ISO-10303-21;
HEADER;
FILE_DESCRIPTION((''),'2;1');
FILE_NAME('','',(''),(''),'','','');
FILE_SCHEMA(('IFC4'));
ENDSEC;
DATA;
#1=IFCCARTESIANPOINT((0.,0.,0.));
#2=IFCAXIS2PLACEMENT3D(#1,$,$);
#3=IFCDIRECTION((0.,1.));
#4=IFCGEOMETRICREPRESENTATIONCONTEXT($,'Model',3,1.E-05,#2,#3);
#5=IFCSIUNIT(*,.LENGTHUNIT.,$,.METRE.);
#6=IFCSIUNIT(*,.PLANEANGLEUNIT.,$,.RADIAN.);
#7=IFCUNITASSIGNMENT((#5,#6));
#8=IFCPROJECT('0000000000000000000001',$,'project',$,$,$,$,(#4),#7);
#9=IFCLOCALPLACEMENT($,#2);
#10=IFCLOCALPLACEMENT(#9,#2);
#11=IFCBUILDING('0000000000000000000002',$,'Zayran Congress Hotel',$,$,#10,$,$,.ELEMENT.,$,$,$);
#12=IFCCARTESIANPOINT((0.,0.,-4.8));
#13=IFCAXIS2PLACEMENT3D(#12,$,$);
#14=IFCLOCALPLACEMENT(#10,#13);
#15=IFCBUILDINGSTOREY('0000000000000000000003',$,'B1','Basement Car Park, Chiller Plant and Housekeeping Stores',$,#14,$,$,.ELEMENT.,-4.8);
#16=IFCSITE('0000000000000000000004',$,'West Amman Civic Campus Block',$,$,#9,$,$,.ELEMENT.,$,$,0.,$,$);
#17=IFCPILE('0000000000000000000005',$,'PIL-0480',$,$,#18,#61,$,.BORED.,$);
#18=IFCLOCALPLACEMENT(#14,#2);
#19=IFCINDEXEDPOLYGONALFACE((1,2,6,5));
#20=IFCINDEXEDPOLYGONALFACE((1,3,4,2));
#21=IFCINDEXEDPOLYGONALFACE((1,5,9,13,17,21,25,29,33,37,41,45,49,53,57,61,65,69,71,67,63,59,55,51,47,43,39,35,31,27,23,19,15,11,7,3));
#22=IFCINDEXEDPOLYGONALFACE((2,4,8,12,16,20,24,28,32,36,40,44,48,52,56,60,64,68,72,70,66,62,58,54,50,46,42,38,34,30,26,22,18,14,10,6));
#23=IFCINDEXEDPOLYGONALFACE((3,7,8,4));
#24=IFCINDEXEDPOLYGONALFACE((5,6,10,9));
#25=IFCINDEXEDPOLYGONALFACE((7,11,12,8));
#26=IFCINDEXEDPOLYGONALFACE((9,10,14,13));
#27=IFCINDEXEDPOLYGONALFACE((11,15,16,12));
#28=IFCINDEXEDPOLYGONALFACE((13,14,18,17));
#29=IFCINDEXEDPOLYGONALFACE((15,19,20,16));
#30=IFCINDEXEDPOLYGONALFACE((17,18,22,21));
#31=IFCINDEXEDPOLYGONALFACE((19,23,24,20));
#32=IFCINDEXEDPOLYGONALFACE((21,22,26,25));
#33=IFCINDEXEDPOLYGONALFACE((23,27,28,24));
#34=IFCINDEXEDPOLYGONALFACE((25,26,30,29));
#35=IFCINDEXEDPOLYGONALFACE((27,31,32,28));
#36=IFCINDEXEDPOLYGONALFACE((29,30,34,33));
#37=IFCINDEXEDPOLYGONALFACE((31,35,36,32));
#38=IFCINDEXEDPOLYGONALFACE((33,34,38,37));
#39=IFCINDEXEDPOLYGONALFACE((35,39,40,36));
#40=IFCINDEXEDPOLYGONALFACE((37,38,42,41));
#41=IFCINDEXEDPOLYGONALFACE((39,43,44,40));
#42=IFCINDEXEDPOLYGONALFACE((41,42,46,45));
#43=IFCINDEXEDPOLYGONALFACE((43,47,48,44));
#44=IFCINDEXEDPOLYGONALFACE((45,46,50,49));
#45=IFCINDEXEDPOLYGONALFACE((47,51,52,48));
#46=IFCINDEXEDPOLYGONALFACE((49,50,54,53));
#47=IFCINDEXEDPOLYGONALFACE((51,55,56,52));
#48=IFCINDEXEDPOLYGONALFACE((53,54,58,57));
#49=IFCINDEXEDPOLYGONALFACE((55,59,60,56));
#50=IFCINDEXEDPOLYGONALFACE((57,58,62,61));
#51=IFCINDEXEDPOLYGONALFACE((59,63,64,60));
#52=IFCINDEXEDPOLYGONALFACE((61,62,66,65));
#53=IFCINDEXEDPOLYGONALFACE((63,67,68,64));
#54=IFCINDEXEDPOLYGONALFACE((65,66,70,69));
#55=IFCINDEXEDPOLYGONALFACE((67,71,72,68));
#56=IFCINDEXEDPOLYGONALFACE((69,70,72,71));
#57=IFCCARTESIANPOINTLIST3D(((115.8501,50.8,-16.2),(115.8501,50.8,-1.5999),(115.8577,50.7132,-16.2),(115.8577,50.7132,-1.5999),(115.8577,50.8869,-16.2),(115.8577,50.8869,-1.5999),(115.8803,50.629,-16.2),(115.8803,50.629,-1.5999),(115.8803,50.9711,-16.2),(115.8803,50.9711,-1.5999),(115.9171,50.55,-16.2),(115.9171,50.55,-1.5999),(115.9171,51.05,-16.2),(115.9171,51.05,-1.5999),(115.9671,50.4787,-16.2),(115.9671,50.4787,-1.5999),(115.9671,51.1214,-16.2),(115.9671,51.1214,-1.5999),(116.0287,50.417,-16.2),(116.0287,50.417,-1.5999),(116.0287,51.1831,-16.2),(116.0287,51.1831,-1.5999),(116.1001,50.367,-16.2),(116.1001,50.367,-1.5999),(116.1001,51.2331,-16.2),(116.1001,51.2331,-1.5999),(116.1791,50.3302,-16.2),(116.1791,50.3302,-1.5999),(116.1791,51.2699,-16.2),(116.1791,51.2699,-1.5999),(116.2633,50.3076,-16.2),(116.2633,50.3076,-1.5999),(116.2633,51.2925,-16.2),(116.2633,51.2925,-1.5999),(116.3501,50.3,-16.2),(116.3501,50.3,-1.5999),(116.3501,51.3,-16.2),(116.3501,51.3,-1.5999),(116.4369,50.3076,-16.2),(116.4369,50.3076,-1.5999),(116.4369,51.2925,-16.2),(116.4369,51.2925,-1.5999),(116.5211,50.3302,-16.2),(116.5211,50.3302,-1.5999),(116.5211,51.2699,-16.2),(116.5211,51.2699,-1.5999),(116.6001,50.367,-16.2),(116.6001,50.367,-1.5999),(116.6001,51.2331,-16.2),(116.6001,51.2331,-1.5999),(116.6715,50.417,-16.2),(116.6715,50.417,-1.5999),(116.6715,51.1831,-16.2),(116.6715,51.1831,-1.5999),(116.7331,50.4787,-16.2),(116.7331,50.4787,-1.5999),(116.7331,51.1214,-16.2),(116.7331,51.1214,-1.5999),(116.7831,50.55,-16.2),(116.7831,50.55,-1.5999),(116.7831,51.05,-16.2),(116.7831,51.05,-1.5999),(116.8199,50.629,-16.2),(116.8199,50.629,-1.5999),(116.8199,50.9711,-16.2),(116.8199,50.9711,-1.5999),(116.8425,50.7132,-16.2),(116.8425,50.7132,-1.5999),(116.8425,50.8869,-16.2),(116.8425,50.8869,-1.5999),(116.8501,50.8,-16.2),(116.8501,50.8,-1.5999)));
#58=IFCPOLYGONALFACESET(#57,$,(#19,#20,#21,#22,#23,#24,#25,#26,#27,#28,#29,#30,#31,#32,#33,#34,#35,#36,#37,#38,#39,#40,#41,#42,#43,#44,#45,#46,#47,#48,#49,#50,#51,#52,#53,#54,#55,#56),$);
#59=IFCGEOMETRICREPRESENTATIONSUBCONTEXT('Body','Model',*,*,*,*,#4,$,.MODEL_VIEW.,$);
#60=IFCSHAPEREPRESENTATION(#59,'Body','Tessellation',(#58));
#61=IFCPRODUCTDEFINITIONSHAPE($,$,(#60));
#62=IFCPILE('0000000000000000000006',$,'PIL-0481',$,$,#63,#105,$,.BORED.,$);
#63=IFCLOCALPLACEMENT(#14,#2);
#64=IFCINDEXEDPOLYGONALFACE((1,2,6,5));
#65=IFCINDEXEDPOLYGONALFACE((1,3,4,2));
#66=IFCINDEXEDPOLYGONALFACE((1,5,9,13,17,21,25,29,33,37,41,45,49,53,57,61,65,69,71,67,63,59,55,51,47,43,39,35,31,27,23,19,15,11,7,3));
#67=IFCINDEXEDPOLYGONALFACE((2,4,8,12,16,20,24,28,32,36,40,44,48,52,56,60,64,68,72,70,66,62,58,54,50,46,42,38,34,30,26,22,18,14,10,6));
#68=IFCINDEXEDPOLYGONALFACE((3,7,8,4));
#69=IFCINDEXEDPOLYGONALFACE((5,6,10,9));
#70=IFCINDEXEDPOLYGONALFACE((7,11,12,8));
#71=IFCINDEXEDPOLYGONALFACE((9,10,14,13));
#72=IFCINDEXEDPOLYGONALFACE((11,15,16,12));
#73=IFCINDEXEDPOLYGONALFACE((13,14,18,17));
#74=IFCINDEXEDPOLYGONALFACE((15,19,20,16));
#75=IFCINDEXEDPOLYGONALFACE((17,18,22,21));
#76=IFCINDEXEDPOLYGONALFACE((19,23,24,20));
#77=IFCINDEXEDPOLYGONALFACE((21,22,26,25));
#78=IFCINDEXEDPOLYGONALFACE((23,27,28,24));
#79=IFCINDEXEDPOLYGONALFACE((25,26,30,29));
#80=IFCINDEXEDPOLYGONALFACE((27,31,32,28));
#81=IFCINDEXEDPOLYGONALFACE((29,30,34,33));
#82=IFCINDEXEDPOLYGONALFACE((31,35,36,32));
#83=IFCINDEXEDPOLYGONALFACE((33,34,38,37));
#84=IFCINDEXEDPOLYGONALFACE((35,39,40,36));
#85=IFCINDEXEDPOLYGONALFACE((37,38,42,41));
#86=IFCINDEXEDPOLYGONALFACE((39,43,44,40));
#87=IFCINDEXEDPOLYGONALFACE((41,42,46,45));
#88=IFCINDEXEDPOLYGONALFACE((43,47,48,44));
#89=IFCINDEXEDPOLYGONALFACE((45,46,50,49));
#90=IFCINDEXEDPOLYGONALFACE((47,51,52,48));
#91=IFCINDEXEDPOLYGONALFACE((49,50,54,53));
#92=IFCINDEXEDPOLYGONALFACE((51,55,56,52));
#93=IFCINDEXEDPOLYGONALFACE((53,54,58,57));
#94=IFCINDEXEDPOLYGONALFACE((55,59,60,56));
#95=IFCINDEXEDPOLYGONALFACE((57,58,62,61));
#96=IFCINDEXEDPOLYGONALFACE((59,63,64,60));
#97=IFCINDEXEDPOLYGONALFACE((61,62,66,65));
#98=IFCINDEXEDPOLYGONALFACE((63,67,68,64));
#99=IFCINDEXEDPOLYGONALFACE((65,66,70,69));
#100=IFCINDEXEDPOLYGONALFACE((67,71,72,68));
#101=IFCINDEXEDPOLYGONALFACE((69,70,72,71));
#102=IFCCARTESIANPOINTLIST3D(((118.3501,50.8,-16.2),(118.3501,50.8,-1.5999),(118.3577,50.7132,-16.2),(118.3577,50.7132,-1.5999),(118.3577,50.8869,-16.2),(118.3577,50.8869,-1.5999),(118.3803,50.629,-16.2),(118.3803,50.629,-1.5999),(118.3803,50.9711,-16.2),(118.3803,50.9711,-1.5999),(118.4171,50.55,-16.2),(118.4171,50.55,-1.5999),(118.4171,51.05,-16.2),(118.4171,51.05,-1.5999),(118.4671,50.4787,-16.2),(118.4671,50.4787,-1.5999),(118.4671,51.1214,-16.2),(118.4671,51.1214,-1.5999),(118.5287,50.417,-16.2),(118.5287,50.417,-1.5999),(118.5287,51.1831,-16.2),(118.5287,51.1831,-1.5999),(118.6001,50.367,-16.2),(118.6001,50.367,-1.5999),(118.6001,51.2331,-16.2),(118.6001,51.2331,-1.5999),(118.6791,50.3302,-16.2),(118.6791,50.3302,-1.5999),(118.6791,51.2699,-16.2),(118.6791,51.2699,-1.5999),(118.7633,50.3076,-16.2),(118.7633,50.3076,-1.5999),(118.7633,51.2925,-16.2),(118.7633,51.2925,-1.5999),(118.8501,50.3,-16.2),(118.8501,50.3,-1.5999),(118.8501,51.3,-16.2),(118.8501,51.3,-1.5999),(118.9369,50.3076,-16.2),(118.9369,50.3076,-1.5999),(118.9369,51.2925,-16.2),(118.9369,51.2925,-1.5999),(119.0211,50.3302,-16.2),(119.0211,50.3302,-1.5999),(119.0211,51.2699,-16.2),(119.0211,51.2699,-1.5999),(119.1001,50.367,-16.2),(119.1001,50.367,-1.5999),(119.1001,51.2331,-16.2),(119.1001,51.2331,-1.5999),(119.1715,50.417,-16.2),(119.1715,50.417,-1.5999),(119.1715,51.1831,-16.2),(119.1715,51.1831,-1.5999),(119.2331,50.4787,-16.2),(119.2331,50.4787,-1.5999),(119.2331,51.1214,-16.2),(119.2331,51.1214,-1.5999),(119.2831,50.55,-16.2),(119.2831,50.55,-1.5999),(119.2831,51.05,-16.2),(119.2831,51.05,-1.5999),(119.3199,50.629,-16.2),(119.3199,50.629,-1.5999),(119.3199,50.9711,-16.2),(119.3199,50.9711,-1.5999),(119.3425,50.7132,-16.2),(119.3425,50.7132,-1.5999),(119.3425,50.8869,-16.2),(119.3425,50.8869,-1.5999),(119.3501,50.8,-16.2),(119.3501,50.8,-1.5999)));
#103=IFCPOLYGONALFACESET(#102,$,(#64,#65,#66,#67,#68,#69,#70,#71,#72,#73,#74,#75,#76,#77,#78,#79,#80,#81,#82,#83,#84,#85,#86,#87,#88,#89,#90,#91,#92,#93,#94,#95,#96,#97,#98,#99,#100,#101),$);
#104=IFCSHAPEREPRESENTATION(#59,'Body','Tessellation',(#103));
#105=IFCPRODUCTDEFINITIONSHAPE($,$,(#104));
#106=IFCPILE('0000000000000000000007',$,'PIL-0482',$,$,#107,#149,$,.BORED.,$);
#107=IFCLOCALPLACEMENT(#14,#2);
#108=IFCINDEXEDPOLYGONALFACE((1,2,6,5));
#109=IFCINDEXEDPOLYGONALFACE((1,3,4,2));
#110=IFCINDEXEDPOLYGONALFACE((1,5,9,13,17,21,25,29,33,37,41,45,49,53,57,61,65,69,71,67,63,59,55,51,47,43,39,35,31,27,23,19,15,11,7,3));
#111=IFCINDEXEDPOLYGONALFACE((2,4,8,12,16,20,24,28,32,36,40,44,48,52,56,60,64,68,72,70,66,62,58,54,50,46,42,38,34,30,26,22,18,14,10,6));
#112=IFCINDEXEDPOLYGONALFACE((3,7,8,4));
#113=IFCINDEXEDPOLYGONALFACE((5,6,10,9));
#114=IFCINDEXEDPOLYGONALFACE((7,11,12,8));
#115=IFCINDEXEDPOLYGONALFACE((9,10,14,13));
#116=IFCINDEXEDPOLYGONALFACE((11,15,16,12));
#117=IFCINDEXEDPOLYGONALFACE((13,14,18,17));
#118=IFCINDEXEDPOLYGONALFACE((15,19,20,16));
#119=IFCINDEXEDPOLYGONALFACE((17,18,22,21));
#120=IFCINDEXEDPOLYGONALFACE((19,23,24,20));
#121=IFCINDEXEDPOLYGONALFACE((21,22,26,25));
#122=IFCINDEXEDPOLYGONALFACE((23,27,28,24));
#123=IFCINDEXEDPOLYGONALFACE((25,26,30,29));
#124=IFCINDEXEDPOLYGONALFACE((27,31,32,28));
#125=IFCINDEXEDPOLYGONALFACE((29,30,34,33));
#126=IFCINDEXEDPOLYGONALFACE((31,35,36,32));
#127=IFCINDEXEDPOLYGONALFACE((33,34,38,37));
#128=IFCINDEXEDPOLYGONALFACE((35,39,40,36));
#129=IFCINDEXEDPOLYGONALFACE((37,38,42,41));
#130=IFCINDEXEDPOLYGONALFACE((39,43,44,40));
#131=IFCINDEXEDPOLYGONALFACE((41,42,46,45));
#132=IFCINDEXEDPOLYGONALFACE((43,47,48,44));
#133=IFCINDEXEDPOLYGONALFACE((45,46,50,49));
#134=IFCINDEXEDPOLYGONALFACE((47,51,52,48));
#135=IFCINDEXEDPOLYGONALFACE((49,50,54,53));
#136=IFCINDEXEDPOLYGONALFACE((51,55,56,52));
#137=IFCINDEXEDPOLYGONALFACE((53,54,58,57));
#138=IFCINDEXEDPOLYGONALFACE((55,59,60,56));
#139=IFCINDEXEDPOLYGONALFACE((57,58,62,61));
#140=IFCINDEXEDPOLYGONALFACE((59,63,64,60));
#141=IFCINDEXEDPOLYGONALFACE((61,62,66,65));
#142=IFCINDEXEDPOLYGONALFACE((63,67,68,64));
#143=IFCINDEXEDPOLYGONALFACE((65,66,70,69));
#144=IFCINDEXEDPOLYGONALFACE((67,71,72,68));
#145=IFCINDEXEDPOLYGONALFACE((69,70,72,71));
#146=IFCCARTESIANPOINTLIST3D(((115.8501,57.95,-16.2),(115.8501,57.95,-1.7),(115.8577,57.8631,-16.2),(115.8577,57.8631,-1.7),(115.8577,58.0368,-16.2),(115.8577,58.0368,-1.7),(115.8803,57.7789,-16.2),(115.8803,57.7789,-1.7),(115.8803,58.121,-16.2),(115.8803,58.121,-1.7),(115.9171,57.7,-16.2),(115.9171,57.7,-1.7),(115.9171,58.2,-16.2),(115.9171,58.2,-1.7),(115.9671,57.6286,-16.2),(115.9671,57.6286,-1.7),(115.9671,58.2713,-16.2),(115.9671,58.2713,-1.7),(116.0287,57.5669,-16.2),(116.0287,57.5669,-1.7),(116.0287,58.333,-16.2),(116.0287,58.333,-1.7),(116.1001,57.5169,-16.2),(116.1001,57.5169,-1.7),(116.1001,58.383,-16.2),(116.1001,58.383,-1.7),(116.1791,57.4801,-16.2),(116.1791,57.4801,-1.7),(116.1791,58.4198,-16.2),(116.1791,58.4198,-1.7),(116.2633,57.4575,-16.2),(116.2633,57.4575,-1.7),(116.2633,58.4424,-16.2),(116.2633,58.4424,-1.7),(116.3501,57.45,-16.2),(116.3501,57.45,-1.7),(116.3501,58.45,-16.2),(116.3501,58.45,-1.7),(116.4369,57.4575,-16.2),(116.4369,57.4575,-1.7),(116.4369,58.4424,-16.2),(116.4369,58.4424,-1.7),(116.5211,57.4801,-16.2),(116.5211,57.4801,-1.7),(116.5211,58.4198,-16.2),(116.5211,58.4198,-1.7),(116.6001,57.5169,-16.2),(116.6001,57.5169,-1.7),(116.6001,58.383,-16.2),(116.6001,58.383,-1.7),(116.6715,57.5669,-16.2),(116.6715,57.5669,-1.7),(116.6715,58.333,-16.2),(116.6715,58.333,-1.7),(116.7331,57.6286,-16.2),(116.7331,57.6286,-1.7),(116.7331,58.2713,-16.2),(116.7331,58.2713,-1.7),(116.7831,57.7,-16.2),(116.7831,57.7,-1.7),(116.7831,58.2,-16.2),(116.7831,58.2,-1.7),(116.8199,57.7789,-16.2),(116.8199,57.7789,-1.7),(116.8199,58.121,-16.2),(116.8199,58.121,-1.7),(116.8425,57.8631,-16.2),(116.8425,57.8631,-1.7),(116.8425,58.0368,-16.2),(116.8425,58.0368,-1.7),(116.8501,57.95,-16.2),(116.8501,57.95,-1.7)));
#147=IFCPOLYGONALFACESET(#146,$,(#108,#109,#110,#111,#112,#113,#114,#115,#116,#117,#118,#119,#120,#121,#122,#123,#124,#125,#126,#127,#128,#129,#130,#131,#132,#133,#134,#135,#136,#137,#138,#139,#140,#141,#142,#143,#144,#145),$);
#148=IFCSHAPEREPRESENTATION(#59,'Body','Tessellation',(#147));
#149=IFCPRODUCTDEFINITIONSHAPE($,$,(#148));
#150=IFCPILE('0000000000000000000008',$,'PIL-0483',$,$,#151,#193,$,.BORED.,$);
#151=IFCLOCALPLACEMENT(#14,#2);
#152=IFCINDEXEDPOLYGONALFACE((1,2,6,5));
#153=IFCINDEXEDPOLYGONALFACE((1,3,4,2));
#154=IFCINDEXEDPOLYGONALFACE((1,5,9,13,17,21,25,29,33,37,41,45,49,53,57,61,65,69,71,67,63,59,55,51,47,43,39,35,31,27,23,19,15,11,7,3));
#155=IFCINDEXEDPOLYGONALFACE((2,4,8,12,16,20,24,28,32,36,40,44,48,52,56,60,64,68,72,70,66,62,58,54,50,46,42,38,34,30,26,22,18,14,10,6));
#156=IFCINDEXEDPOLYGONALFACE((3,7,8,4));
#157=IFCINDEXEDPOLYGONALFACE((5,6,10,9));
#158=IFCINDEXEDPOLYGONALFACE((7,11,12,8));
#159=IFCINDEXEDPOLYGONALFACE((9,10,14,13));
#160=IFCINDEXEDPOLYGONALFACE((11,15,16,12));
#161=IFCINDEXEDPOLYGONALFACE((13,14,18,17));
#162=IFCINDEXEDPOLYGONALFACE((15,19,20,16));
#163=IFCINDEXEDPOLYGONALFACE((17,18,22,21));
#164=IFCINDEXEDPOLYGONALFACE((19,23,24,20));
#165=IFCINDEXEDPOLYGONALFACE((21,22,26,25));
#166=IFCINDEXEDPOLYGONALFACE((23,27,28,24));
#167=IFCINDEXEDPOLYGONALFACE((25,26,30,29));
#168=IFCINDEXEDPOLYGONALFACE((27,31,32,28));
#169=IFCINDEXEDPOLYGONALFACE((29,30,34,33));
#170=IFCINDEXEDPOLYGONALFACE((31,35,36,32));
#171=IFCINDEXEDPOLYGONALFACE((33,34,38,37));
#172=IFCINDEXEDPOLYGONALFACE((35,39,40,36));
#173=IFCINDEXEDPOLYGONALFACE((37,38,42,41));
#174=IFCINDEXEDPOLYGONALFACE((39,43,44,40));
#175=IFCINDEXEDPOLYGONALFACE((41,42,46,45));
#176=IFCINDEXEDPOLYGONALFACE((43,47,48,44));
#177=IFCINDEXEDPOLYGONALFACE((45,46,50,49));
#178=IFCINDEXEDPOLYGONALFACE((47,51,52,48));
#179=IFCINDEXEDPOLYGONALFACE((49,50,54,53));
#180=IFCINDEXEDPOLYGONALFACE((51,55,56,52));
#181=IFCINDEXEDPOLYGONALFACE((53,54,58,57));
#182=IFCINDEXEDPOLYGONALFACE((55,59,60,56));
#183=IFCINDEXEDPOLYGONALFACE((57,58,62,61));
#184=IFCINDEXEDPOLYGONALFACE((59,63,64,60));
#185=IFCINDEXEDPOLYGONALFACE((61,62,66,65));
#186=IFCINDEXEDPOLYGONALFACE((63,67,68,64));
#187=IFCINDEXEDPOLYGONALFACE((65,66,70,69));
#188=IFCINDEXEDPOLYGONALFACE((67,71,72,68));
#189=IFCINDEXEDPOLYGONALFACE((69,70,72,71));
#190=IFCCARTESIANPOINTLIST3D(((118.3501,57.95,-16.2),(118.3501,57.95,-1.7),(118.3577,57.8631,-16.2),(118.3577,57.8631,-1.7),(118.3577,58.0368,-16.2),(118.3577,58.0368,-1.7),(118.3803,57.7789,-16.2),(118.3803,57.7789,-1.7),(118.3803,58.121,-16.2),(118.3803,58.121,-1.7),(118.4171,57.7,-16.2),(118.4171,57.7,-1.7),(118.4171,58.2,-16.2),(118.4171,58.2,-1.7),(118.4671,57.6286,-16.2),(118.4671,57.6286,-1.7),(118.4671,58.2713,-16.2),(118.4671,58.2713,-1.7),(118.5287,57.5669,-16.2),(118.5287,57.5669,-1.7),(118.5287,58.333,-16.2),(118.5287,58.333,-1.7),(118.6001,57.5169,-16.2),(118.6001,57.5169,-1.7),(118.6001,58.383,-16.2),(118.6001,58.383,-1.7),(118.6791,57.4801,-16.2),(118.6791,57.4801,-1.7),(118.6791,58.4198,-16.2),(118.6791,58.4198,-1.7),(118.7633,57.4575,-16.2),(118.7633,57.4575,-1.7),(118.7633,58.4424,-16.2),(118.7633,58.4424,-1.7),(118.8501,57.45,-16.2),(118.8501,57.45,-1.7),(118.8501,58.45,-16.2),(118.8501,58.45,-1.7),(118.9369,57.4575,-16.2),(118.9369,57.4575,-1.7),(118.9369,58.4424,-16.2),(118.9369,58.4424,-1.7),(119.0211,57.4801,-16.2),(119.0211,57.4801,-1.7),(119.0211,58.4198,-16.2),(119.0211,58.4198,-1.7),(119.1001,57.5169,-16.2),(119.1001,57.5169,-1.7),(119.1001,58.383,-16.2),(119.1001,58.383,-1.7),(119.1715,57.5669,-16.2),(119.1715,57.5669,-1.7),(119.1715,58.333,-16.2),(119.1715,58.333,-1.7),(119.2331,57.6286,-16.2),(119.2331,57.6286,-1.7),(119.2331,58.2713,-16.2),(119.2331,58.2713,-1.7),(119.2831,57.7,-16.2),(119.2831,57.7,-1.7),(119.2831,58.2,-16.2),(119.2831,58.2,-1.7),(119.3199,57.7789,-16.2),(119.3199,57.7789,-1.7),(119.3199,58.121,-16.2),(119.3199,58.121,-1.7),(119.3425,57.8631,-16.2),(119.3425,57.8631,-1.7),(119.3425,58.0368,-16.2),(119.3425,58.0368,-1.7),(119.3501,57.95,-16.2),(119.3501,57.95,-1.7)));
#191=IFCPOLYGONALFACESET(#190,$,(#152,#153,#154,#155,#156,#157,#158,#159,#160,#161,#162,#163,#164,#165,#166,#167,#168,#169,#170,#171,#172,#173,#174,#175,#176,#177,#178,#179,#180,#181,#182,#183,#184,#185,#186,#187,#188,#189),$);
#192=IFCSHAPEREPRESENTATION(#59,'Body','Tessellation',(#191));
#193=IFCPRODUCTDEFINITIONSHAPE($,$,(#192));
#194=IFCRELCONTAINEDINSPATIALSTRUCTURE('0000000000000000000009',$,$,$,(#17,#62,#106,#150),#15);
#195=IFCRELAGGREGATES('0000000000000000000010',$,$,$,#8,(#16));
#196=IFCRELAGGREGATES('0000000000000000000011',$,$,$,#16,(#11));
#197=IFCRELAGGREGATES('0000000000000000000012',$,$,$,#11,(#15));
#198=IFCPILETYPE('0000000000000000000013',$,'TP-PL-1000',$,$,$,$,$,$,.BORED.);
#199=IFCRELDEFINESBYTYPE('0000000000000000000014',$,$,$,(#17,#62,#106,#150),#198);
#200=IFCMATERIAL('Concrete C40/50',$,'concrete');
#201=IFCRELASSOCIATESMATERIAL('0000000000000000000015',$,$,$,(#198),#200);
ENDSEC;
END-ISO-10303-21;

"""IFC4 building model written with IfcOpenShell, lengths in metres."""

from ifc_helpers import new_model, si_unit, direction, frame, origin, origin_2d, place, context, subcontext, project, spatial, circle, extrude, material, material_profile, profile_set, type_object, element, save


model = new_model("IFC4")

# Units and contexts
model_context = context("Model", 3, precision=1e-05, world=origin(), true_north=direction((0.0, 1.0)))
body_context = subcontext(model_context, "Body", "Model", "MODEL_VIEW")
ifc_project = project(units=[si_unit("LENGTHUNIT", "METRE"), si_unit("PLANEANGLEUNIT", "RADIAN")], contexts=[model_context])

# Site, building, storey
site_placement = place(None, origin())
site = spatial("IfcSite", under=ifc_project, at=site_placement, Name="West Amman Civic Campus Block", CompositionType="ELEMENT", RefElevation=0.0)
building_placement = place(site_placement, origin())
building = spatial("IfcBuilding", under=site, at=building_placement, Name="Zayran Congress Hotel", CompositionType="ELEMENT")
storey_placement = place(building_placement, frame((0.0, 0.0, -4.8)))
storey = spatial("IfcBuildingStorey", under=building, at=storey_placement, Name="B1", Description="Basement Car Park, Chiller Plant and Housekeeping Stores", CompositionType="ELEMENT", Elevation=-4.8)

# Piles
ifc_material_1 = material(Name="Concrete C40/50", Category="concrete")
ifc_material_profile_1 = material_profile(ifc_material_1, circle(Radius=0.5, at=origin_2d()), Name="PILE D1000")
ifc_profile_set_1 = profile_set([ifc_material_profile_1], Name="Concrete C40/50")
pile_type = type_object("IfcPileType", Name="TP-PL-1000", PredefinedType="BORED", material=ifc_profile_set_1)
for number, where, z_axis, x_axis, name in (
    (1, (116.3501, 50.8, -1.5999), (0.0, 0.0, -1.0), (1.0, 0.0, 0.0), "PIL-0480"),
    (2, (118.8501, 50.8, -1.5999), (0.0, 0.0, -1.0), (1.0, 0.0, 0.0), "PIL-0481"),
):
    element("IfcPile", number, at=place(storey_placement, frame(where, z_axis=z_axis, x_axis=x_axis)), inside=storey, type_object=pile_type, Name=name, PredefinedType="BORED", context=body_context, shape_type="SweptSolid", body=[
        extrude(circle(Radius=0.5, at=origin_2d()), origin(), (0.0, 0.0, 1.0), 14.6001),
    ])
for number, where, z_axis, x_axis, name in (
    (3, (116.3501, 57.95, -1.7), (0.0, 0.0, -1.0), (1.0, 0.0, 0.0), "PIL-0482"),
    (4, (118.8501, 57.95, -1.7), (0.0, 0.0, -1.0), (1.0, 0.0, 0.0), "PIL-0483"),
):
    element("IfcPile", number, at=place(storey_placement, frame(where, z_axis=z_axis, x_axis=x_axis)), inside=storey, type_object=pile_type, Name=name, PredefinedType="BORED", context=body_context, shape_type="SweptSolid", body=[
        extrude(circle(Radius=0.5, at=origin_2d()), origin(), (0.0, 0.0, 1.0), 14.5),
    ])

save(model, "model.ifc")
